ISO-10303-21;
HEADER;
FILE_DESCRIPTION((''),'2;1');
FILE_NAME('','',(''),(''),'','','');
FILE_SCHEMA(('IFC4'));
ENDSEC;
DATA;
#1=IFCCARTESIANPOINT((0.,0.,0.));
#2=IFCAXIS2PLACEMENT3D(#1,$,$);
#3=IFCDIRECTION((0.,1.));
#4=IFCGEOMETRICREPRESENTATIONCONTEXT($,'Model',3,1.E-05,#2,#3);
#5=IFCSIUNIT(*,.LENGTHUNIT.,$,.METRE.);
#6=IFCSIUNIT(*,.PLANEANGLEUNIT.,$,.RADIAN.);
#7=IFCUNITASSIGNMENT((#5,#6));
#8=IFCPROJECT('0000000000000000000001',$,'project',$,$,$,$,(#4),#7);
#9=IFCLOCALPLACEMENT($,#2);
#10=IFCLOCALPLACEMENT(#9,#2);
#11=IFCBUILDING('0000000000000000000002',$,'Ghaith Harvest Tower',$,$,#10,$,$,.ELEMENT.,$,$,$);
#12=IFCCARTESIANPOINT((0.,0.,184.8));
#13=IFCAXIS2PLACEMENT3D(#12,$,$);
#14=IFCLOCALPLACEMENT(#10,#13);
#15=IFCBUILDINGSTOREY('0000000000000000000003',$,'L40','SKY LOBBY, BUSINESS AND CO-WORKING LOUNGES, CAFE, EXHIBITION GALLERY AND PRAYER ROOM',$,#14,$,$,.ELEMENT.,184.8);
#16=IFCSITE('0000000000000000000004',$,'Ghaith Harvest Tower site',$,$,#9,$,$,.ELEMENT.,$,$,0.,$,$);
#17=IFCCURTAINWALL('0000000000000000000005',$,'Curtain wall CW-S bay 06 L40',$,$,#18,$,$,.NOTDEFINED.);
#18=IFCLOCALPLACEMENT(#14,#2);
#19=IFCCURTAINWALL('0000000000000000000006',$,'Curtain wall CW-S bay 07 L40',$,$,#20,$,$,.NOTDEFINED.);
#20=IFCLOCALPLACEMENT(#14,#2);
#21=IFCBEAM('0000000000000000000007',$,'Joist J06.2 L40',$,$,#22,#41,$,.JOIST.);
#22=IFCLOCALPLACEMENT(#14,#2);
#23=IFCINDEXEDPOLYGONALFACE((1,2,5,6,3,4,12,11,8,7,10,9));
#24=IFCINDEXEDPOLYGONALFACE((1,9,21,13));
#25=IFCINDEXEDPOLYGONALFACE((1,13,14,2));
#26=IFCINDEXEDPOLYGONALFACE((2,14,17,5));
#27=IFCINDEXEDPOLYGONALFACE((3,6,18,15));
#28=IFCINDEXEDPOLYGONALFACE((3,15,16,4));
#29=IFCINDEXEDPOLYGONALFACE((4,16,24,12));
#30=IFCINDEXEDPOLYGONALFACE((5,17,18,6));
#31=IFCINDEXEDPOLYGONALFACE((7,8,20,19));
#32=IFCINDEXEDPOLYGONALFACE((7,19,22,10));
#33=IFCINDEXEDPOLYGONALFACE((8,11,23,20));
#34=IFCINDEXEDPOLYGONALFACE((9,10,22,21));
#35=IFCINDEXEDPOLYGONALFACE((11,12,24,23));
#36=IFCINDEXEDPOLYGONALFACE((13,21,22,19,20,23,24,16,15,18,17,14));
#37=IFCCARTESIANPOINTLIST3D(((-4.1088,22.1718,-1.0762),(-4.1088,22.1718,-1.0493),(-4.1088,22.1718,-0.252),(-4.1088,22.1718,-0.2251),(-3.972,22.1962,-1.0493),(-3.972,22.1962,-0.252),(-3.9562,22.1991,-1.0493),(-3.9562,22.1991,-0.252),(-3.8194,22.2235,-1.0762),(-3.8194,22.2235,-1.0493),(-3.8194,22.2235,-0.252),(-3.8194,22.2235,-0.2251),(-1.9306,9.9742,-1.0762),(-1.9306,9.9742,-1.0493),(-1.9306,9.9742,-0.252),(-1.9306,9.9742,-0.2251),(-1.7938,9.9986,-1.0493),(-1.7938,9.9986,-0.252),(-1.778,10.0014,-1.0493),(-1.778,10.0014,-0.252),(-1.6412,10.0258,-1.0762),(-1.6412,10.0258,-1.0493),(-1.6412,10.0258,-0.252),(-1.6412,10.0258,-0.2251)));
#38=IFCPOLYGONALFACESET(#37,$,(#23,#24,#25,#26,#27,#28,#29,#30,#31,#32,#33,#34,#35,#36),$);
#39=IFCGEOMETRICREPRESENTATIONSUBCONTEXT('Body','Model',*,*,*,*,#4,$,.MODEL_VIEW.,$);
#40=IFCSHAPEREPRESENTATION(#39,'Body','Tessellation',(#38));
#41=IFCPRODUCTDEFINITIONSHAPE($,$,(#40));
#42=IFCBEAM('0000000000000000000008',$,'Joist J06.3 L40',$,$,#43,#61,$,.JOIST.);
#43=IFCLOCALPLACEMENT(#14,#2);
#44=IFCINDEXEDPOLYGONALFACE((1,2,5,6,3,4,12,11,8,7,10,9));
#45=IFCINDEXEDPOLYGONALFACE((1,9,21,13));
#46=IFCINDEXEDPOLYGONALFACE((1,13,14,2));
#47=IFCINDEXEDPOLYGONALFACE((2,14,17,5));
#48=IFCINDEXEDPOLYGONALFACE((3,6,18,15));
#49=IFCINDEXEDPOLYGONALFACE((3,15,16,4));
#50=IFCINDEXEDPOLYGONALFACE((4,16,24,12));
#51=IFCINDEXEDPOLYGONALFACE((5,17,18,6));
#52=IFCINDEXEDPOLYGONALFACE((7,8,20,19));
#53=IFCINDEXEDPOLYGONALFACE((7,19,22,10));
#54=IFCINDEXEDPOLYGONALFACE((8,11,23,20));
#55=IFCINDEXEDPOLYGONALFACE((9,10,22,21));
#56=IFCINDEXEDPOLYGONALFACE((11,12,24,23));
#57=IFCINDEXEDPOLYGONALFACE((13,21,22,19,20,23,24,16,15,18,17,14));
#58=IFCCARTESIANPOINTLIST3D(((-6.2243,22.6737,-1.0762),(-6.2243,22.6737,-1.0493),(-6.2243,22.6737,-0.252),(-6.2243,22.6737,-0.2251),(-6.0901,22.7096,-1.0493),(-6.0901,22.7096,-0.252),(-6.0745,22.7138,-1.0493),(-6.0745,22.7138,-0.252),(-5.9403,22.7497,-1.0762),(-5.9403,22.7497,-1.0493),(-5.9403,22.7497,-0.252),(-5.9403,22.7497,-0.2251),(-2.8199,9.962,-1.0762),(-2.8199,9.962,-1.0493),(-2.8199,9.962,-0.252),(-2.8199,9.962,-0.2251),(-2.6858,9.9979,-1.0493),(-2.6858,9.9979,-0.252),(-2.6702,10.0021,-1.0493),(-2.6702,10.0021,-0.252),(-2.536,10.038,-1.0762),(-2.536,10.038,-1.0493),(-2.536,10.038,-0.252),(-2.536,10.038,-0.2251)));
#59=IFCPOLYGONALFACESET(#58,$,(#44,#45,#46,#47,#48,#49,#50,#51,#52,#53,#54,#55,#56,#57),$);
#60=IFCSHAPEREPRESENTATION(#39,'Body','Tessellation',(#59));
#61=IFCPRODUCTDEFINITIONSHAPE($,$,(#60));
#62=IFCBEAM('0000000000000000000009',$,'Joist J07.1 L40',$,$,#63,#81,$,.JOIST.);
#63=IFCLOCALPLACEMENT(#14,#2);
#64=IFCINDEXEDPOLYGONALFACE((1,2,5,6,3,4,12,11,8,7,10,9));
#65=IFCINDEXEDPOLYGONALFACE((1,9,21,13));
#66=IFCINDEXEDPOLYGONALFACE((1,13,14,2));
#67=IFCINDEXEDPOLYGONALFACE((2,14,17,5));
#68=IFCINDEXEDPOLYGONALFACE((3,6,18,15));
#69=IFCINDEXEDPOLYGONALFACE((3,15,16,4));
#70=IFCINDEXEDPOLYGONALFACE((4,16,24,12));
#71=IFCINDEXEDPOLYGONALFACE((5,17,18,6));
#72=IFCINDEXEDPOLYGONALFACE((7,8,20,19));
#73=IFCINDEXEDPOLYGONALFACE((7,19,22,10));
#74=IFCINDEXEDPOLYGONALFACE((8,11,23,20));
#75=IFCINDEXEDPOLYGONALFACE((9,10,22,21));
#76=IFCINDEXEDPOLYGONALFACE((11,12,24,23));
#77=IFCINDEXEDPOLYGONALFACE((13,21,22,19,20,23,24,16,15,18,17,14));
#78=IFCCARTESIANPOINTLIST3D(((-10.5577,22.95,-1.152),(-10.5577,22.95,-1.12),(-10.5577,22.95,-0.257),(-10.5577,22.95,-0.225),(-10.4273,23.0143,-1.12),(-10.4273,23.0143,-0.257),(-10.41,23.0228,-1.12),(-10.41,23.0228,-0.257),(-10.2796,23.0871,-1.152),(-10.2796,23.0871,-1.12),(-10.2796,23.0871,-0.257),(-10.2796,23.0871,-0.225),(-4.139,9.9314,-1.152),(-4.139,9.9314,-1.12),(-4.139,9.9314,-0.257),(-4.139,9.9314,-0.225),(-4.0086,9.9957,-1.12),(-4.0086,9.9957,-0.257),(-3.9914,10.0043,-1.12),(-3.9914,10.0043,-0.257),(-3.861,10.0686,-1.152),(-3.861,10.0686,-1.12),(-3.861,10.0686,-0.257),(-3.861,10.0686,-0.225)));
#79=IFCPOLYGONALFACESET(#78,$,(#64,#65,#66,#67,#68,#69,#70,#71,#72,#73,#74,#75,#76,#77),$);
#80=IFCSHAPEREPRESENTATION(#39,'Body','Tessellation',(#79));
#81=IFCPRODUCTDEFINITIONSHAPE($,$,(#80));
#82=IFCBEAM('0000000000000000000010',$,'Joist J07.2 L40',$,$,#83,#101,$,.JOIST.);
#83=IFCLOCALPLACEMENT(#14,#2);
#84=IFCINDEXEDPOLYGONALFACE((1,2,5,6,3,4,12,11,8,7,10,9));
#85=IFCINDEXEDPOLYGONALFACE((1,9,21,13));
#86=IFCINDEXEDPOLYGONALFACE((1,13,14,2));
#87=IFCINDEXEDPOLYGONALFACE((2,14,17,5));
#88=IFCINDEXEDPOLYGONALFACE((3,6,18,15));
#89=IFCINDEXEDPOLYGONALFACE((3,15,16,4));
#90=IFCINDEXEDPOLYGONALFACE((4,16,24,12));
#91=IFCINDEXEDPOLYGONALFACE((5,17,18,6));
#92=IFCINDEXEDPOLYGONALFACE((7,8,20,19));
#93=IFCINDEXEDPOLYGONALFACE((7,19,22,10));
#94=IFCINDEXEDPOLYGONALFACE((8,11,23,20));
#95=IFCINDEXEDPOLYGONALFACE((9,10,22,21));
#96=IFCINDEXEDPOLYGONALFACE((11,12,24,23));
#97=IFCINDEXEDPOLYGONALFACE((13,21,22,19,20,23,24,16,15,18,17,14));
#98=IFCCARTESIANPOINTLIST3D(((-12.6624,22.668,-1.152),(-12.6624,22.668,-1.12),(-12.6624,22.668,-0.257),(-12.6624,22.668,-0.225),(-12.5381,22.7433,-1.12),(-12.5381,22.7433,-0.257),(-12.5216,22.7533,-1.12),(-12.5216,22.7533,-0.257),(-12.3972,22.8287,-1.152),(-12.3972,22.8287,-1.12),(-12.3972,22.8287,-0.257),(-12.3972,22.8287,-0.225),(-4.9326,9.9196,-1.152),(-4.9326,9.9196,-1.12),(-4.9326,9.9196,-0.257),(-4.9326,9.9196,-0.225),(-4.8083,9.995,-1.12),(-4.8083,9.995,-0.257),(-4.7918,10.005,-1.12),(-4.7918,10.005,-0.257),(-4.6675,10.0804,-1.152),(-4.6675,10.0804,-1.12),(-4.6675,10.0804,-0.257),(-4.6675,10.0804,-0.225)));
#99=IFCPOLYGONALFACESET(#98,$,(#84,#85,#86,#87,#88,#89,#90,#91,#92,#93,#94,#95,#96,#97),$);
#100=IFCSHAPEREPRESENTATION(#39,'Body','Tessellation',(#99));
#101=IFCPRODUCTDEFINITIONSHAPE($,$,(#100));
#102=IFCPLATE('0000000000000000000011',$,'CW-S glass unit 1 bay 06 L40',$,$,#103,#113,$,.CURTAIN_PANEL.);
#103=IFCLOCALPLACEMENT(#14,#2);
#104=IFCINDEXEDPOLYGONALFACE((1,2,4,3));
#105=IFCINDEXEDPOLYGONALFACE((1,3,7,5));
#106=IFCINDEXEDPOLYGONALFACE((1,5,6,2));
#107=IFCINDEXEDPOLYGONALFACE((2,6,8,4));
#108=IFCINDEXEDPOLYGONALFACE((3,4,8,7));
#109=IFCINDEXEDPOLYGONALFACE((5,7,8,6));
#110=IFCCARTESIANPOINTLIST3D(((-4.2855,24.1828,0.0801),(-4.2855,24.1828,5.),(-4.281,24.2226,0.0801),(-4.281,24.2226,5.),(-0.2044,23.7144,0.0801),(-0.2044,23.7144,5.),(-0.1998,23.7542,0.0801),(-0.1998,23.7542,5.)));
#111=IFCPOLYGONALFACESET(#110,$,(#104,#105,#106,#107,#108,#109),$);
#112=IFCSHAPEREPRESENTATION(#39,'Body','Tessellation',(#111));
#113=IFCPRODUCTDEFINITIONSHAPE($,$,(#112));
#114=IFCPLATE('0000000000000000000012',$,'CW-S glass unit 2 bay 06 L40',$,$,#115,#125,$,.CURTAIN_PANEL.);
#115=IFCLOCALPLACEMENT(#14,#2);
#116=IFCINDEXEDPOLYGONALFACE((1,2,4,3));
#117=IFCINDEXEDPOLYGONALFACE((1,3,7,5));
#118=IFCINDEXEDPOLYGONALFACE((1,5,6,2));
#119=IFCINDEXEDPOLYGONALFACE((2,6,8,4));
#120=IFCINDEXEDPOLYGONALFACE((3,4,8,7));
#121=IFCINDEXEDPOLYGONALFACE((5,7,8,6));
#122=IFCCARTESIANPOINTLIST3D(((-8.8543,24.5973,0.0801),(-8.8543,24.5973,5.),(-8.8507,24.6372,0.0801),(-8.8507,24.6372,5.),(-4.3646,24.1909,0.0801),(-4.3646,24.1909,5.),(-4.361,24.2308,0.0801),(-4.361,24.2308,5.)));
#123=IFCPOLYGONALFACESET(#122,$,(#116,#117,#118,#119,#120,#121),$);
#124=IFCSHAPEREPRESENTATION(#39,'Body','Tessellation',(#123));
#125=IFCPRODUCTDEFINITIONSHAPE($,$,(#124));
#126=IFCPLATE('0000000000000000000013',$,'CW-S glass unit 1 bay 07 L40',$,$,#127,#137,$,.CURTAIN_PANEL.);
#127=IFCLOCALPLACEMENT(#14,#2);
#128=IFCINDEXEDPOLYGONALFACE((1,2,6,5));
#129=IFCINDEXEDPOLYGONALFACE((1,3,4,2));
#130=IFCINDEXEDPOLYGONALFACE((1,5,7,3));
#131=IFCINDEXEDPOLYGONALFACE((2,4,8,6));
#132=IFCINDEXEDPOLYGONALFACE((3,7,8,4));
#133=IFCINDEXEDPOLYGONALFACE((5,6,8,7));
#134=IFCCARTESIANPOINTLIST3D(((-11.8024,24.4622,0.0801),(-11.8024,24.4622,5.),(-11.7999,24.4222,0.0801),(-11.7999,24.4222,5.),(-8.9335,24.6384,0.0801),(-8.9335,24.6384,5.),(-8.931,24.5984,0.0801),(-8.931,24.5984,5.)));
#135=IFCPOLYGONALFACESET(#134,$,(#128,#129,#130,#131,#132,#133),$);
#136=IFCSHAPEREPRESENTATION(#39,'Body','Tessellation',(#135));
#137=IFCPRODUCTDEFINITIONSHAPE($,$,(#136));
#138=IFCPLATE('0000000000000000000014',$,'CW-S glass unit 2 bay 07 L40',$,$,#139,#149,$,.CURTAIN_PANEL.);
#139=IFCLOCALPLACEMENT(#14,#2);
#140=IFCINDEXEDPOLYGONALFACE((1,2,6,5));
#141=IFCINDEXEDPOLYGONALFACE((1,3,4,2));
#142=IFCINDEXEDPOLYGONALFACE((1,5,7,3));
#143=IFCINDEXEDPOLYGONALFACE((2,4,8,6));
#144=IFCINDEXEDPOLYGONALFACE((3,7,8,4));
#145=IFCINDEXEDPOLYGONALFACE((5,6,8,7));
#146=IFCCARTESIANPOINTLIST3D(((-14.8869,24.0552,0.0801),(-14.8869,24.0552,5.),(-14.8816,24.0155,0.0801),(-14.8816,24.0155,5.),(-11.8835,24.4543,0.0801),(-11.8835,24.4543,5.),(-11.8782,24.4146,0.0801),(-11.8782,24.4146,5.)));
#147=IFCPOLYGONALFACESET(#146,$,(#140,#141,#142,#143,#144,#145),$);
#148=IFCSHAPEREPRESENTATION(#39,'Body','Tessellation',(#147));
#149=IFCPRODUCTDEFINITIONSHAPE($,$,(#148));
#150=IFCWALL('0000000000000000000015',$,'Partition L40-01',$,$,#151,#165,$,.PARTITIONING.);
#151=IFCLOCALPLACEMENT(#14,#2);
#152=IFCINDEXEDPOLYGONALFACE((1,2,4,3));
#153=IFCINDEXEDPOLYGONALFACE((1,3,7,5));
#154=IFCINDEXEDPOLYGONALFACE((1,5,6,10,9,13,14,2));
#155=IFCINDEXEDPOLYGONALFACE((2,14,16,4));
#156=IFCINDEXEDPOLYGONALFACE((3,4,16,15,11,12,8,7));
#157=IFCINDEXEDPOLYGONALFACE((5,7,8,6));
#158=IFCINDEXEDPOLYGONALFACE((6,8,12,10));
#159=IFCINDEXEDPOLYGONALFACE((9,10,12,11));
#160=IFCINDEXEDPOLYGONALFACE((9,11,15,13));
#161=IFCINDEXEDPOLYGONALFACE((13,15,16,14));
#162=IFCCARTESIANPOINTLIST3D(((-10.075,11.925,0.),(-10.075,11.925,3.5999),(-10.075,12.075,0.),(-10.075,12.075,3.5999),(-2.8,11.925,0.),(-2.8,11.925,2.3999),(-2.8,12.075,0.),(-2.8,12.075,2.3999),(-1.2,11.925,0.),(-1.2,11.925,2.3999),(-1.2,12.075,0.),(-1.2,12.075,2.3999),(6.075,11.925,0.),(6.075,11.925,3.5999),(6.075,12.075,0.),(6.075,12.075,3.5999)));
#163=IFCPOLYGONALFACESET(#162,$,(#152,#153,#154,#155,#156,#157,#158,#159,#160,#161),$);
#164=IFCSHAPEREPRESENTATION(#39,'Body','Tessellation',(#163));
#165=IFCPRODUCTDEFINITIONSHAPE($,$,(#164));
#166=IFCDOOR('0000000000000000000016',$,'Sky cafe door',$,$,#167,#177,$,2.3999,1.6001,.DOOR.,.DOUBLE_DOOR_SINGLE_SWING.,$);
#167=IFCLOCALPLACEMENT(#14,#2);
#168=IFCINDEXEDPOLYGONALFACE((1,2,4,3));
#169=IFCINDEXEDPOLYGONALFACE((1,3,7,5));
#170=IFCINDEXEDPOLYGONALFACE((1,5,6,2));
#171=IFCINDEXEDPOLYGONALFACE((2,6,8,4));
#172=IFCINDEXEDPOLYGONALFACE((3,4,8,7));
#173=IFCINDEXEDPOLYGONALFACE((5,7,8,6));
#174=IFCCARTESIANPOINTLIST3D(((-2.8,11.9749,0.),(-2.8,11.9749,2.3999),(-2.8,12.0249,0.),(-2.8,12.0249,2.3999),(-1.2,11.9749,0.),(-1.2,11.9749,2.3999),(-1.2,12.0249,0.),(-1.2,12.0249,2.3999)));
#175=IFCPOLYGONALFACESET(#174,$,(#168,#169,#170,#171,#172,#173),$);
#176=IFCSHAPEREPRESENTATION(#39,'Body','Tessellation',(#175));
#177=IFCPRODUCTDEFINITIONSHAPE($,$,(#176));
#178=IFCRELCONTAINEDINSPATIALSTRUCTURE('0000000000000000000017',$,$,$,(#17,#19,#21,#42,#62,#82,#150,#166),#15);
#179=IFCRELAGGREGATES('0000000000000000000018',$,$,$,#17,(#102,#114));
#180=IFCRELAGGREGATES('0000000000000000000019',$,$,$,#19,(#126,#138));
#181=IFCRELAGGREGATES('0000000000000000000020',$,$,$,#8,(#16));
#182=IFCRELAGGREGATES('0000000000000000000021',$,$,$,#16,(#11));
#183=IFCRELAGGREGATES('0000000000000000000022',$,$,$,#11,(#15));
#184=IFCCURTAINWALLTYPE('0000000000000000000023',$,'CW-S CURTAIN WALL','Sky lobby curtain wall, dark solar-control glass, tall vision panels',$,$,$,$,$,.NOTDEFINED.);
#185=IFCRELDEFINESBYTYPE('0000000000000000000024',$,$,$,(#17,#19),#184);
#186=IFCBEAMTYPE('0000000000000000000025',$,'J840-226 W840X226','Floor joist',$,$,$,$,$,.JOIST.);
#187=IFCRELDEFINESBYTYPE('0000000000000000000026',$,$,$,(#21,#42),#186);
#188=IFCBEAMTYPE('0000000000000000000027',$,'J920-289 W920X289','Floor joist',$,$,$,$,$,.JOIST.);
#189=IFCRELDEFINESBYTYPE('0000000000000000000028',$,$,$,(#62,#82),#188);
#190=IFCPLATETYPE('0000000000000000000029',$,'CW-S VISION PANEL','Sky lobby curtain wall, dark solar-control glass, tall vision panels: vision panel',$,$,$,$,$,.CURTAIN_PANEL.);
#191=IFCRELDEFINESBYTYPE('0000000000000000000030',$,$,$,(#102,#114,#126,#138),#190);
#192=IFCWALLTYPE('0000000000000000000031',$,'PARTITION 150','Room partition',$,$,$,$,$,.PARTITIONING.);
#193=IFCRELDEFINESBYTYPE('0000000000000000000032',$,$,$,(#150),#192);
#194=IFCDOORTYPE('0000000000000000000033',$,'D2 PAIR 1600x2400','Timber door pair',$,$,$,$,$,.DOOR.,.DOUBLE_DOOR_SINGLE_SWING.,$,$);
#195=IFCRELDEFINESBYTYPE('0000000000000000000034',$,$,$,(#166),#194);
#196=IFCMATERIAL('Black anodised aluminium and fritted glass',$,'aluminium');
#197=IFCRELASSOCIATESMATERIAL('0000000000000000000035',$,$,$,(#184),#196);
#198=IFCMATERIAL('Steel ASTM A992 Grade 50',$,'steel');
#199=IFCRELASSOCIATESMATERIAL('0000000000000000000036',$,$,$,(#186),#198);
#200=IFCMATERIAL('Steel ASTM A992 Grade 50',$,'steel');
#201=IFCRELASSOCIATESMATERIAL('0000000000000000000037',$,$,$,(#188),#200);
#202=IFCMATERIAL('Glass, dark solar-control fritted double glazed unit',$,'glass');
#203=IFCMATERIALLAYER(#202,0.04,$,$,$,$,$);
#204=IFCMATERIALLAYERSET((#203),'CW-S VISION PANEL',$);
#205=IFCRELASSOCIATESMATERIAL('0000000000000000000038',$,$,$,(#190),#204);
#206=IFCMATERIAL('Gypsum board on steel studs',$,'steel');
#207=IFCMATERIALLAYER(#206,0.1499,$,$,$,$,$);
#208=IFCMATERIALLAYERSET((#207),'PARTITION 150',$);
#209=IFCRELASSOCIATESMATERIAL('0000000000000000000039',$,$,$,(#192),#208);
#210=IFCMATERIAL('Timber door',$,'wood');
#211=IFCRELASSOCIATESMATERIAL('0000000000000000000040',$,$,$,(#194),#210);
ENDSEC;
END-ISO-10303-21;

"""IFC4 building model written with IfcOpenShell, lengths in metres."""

from ifc_helpers import new_model, si_unit, direction, frame, frame_2d, origin, origin_2d, place, context, subcontext, project, spatial, rectangle, i_section, extrude, material, layer, layer_set, material_profile, profile_set, type_object, element, fill, aggregate, save


model = new_model("IFC4")

# Units and contexts
model_context = context("Model", 3, precision=1e-05, world=origin(), true_north=direction((0.0, 1.0)))
body_context = subcontext(model_context, "Body", "Model", "MODEL_VIEW")
ifc_project = project(units=[si_unit("LENGTHUNIT", "METRE"), si_unit("PLANEANGLEUNIT", "RADIAN")], contexts=[model_context])

# Site, building, storey
site_placement = place(None, origin())
site = spatial("IfcSite", under=ifc_project, at=site_placement, Name="Ghaith Harvest Tower site", CompositionType="ELEMENT", RefElevation=0.0)
building_placement = place(site_placement, origin())
building = spatial("IfcBuilding", under=site, at=building_placement, Name="Ghaith Harvest Tower", CompositionType="ELEMENT")
storey_placement = place(building_placement, frame((0.0, 0.0, 184.8)))
storey = spatial("IfcBuildingStorey", under=building, at=storey_placement, Name="L40", Description="SKY LOBBY, BUSINESS AND CO-WORKING LOUNGES, CAFE, EXHIBITION GALLERY AND PRAYER ROOM", CompositionType="ELEMENT", Elevation=184.8)

# Curtain wall
ifc_material_1 = material(Name="Black anodised aluminium and fritted glass", Category="aluminium")
curtain_wall_type = type_object("IfcCurtainWallType", Name="CW-S CURTAIN WALL", Description="Sky lobby curtain wall, dark solar-control glass, tall vision panels", PredefinedType="NOTDEFINED", material=ifc_material_1)
curtain_wall_1_placement = place(storey_placement, origin())
curtain_wall_1 = element("IfcCurtainWall", 1, at=curtain_wall_1_placement, inside=storey, type_object=curtain_wall_type, Name="Curtain wall CW-S bay 06 L40", PredefinedType="NOTDEFINED")

# Curtain wall
curtain_wall_2_placement = place(storey_placement, origin())
curtain_wall_2 = element("IfcCurtainWall", 2, at=curtain_wall_2_placement, inside=storey, type_object=curtain_wall_type, Name="Curtain wall CW-S bay 07 L40", PredefinedType="NOTDEFINED")

# Beams
ifc_material_2 = material(Name="Steel ASTM A992 Grade 50", Category="steel")
ifc_material_profile_1 = material_profile(ifc_material_2, i_section(OverallWidth=0.2939, OverallDepth=0.8511, WebThickness=0.0161, FlangeThickness=0.0269, at=origin_2d()), Name="W840X226")
ifc_profile_set_1 = profile_set([ifc_material_profile_1], Name="Steel ASTM A992 Grade 50")
beam_type_1 = type_object("IfcBeamType", Name="J840-226 W840X226", Description="Floor joist", PredefinedType="JOIST", material=ifc_profile_set_1)
beam_1_placement = place(storey_placement, frame((-1.7859, 10.0, -0.6506), z_axis=(-0.175795, 0.984427, 0.0), x_axis=(-0.984427, -0.175795, 0.0)))
element("IfcBeam", 3, at=beam_1_placement, inside=storey, type_object=beam_type_1, Name="Joist J06.2 L40", PredefinedType="JOIST", context=body_context, shape_type="SweptSolid", body=[
    extrude(i_section(OverallWidth=0.2939, OverallDepth=0.8511, WebThickness=0.0161, FlangeThickness=0.0269, at=origin_2d()), origin(), (0.0, 0.0, 1.0), 12.3906),
])
beam_2_placement = place(storey_placement, frame((-2.678, 10.0, -0.6506), z_axis=(-0.258693, 0.96596, 0.0), x_axis=(-0.96596, -0.258693, 0.0)))
element("IfcBeam", 4, at=beam_2_placement, inside=storey, type_object=beam_type_1, Name="Joist J06.3 L40", PredefinedType="JOIST", context=body_context, shape_type="SweptSolid", body=[
    extrude(i_section(OverallWidth=0.2939, OverallDepth=0.8511, WebThickness=0.0161, FlangeThickness=0.0269, at=origin_2d()), origin(), (0.0, 0.0, 1.0), 13.1597),
])
ifc_material_3 = material(Name="Steel ASTM A992 Grade 50", Category="steel")
ifc_material_profile_2 = material_profile(ifc_material_3, i_section(OverallWidth=0.3101, OverallDepth=0.927, WebThickness=0.0193, FlangeThickness=0.032, at=origin_2d()), Name="W920X289")
ifc_profile_set_2 = profile_set([ifc_material_profile_2], Name="Steel ASTM A992 Grade 50")
beam_type_2 = type_object("IfcBeamType", Name="J920-289 W920X289", Description="Floor joist", PredefinedType="JOIST", material=ifc_profile_set_2)
beam_3_placement = place(storey_placement, frame((-4.0, 10.0, -0.6885), z_axis=(-0.442214, 0.896909, 0.0), x_axis=(-0.896909, -0.442214, 0.0)))
element("IfcBeam", 5, at=beam_3_placement, inside=storey, type_object=beam_type_2, Name="Joist J07.1 L40", PredefinedType="JOIST", context=body_context, shape_type="SweptSolid", body=[
    extrude(i_section(OverallWidth=0.3101, OverallDepth=0.927, WebThickness=0.0193, FlangeThickness=0.032, at=origin_2d()), origin(), (0.0, 0.0, 1.0), 14.5149),
])
beam_4_placement = place(storey_placement, frame((-4.8, 10.0, -0.6885), z_axis=(-0.518473, 0.855094, 0.0), x_axis=(-0.855094, -0.518473, 0.0)))
element("IfcBeam", 6, at=beam_4_placement, inside=storey, type_object=beam_type_2, Name="Joist J07.2 L40", PredefinedType="JOIST", context=body_context, shape_type="SweptSolid", body=[
    extrude(i_section(OverallWidth=0.3101, OverallDepth=0.927, WebThickness=0.0193, FlangeThickness=0.032, at=origin_2d()), origin(), (0.0, 0.0, 1.0), 14.9087),
])

# Plates
ifc_material_4 = material(Name="Glass, dark solar-control fritted double glazed unit", Category="glass")
ifc_layer_1 = layer(ifc_material_4, 0.04)
ifc_layer_set_1 = layer_set([ifc_layer_1], Name="CW-S VISION PANEL")
plate_type = type_object("IfcPlateType", Name="CW-S VISION PANEL", Description="Sky lobby curtain wall, dark solar-control glass, tall vision panels: vision panel", PredefinedType="CURTAIN_PANEL", material=ifc_layer_set_1)
plate_1_placement = place(storey_placement, frame((-2.2427, 23.9685, 0.0801), z_axis=(0.0, 0.0, 1.0), x_axis=(-0.993477, 0.114032, 0.0)))
plate_1 = element("IfcPlate", 7, at=plate_1_placement, type_object=plate_type, Name="CW-S glass unit 1 bay 06 L40", PredefinedType="CURTAIN_PANEL", context=body_context, shape_type="SweptSolid", body=[
    extrude(rectangle(XDim=4.1079, YDim=0.04, at=origin_2d()), origin(), (0.0, 0.0, 1.0), 4.9199),
])
plate_2_placement = place(storey_placement, frame((-6.6077, 24.4141, 0.0801), z_axis=(0.0, 0.0, 1.0), x_axis=(-0.995929, 0.090144, 0.0)))
plate_2 = element("IfcPlate", 8, at=plate_2_placement, type_object=plate_type, Name="CW-S glass unit 2 bay 06 L40", PredefinedType="CURTAIN_PANEL", context=body_context, shape_type="SweptSolid", body=[
    extrude(rectangle(XDim=4.5081, YDim=0.04, at=origin_2d()), origin(), (0.0, 0.0, 1.0), 4.9199),
])
aggregate(curtain_wall_1, [plate_1, plate_2])
plate_3_placement = place(storey_placement, frame((-10.3667, 24.5303, 0.0801), z_axis=(0.0, 0.0, 1.0), x_axis=(-0.998119, -0.061303, 0.0)))
plate_3 = element("IfcPlate", 9, at=plate_3_placement, type_object=plate_type, Name="CW-S glass unit 1 bay 07 L40", PredefinedType="CURTAIN_PANEL", context=body_context, shape_type="SweptSolid", body=[
    extrude(rectangle(XDim=2.8743, YDim=0.04, at=origin_2d()), origin(), (0.0, 0.0, 1.0), 4.9199),
])
plate_4_placement = place(storey_placement, frame((-13.3826, 24.2349, 0.0801), z_axis=(0.0, 0.0, 1.0), x_axis=(-0.991286, -0.131728, 0.0)))
plate_4 = element("IfcPlate", 10, at=plate_4_placement, type_object=plate_type, Name="CW-S glass unit 2 bay 07 L40", PredefinedType="CURTAIN_PANEL", context=body_context, shape_type="SweptSolid", body=[
    extrude(rectangle(XDim=3.0298, YDim=0.04, at=origin_2d()), origin(), (0.0, 0.0, 1.0), 4.9199),
])
aggregate(curtain_wall_2, [plate_3, plate_4])

# Wall, opening, door
ifc_material_5 = material(Name="Gypsum board on steel studs", Category="steel")
ifc_layer_2 = layer(ifc_material_5, 0.1499)
ifc_layer_set_2 = layer_set([ifc_layer_2], Name="PARTITION 150")
wall_type = type_object("IfcWallType", Name="PARTITION 150", Description="Room partition", PredefinedType="PARTITIONING", material=ifc_layer_set_2)
ifc_material_6 = material(Name="Timber door", Category="wood")
door_type = type_object("IfcDoorType", Name="D2 PAIR 1600x2400", Description="Timber door pair", OperationType="DOUBLE_DOOR_SINGLE_SWING", PredefinedType="DOOR", material=ifc_material_6)
wall_1_placement = place(storey_placement, frame((-10.075, 12.0, 0.0), z_axis=(0.0, 0.0, 1.0), x_axis=(1.0, 0.0, 0.0)))
wall_1 = element("IfcWall", 11, at=wall_1_placement, inside=storey, type_object=wall_type, Name="Partition L40-01", PredefinedType="PARTITIONING", context=body_context, shape_type="SweptSolid", body=[
    extrude(rectangle(XDim=16.1499, YDim=0.1499, at=frame_2d((8.075, 0.0))), origin(), (0.0, 0.0, 1.0), 3.5999),
])
opening_1_placement = place(wall_1_placement, frame((7.2749, 0.0, 0.0)))
opening_1 = element("IfcOpeningElement", 12, at=opening_1_placement, cuts=wall_1, PredefinedType="OPENING", context=body_context, shape_type="SweptSolid", body=[
    extrude(rectangle(XDim=1.6001, YDim=2.3999, at=frame_2d((0.8, 1.2))), frame((0.0, 0.085, 0.0), z_axis=(0.0, -1.0, 0.0), x_axis=(1.0, 0.0, 0.0)), (0.0, 0.0, 1.0), 0.1699),
])
door_1_placement = place(opening_1_placement, origin())
door_1 = element("IfcDoor", 13, at=door_1_placement, inside=storey, type_object=door_type, Name="Sky cafe door", OperationType="DOUBLE_DOOR_SINGLE_SWING", OverallHeight=2.3999, OverallWidth=1.6001, PredefinedType="DOOR", context=body_context, shape_type="SweptSolid", body=[
    extrude(rectangle(XDim=1.6001, YDim=2.3999, at=frame_2d((0.8, 1.2))), frame((0.0, 0.0249, 0.0), z_axis=(0.0, -1.0, 0.0), x_axis=(1.0, 0.0, 0.0)), (0.0, 0.0, 1.0), 0.05),
])
fill(opening_1, door_1)

save(model, "model.ifc")
